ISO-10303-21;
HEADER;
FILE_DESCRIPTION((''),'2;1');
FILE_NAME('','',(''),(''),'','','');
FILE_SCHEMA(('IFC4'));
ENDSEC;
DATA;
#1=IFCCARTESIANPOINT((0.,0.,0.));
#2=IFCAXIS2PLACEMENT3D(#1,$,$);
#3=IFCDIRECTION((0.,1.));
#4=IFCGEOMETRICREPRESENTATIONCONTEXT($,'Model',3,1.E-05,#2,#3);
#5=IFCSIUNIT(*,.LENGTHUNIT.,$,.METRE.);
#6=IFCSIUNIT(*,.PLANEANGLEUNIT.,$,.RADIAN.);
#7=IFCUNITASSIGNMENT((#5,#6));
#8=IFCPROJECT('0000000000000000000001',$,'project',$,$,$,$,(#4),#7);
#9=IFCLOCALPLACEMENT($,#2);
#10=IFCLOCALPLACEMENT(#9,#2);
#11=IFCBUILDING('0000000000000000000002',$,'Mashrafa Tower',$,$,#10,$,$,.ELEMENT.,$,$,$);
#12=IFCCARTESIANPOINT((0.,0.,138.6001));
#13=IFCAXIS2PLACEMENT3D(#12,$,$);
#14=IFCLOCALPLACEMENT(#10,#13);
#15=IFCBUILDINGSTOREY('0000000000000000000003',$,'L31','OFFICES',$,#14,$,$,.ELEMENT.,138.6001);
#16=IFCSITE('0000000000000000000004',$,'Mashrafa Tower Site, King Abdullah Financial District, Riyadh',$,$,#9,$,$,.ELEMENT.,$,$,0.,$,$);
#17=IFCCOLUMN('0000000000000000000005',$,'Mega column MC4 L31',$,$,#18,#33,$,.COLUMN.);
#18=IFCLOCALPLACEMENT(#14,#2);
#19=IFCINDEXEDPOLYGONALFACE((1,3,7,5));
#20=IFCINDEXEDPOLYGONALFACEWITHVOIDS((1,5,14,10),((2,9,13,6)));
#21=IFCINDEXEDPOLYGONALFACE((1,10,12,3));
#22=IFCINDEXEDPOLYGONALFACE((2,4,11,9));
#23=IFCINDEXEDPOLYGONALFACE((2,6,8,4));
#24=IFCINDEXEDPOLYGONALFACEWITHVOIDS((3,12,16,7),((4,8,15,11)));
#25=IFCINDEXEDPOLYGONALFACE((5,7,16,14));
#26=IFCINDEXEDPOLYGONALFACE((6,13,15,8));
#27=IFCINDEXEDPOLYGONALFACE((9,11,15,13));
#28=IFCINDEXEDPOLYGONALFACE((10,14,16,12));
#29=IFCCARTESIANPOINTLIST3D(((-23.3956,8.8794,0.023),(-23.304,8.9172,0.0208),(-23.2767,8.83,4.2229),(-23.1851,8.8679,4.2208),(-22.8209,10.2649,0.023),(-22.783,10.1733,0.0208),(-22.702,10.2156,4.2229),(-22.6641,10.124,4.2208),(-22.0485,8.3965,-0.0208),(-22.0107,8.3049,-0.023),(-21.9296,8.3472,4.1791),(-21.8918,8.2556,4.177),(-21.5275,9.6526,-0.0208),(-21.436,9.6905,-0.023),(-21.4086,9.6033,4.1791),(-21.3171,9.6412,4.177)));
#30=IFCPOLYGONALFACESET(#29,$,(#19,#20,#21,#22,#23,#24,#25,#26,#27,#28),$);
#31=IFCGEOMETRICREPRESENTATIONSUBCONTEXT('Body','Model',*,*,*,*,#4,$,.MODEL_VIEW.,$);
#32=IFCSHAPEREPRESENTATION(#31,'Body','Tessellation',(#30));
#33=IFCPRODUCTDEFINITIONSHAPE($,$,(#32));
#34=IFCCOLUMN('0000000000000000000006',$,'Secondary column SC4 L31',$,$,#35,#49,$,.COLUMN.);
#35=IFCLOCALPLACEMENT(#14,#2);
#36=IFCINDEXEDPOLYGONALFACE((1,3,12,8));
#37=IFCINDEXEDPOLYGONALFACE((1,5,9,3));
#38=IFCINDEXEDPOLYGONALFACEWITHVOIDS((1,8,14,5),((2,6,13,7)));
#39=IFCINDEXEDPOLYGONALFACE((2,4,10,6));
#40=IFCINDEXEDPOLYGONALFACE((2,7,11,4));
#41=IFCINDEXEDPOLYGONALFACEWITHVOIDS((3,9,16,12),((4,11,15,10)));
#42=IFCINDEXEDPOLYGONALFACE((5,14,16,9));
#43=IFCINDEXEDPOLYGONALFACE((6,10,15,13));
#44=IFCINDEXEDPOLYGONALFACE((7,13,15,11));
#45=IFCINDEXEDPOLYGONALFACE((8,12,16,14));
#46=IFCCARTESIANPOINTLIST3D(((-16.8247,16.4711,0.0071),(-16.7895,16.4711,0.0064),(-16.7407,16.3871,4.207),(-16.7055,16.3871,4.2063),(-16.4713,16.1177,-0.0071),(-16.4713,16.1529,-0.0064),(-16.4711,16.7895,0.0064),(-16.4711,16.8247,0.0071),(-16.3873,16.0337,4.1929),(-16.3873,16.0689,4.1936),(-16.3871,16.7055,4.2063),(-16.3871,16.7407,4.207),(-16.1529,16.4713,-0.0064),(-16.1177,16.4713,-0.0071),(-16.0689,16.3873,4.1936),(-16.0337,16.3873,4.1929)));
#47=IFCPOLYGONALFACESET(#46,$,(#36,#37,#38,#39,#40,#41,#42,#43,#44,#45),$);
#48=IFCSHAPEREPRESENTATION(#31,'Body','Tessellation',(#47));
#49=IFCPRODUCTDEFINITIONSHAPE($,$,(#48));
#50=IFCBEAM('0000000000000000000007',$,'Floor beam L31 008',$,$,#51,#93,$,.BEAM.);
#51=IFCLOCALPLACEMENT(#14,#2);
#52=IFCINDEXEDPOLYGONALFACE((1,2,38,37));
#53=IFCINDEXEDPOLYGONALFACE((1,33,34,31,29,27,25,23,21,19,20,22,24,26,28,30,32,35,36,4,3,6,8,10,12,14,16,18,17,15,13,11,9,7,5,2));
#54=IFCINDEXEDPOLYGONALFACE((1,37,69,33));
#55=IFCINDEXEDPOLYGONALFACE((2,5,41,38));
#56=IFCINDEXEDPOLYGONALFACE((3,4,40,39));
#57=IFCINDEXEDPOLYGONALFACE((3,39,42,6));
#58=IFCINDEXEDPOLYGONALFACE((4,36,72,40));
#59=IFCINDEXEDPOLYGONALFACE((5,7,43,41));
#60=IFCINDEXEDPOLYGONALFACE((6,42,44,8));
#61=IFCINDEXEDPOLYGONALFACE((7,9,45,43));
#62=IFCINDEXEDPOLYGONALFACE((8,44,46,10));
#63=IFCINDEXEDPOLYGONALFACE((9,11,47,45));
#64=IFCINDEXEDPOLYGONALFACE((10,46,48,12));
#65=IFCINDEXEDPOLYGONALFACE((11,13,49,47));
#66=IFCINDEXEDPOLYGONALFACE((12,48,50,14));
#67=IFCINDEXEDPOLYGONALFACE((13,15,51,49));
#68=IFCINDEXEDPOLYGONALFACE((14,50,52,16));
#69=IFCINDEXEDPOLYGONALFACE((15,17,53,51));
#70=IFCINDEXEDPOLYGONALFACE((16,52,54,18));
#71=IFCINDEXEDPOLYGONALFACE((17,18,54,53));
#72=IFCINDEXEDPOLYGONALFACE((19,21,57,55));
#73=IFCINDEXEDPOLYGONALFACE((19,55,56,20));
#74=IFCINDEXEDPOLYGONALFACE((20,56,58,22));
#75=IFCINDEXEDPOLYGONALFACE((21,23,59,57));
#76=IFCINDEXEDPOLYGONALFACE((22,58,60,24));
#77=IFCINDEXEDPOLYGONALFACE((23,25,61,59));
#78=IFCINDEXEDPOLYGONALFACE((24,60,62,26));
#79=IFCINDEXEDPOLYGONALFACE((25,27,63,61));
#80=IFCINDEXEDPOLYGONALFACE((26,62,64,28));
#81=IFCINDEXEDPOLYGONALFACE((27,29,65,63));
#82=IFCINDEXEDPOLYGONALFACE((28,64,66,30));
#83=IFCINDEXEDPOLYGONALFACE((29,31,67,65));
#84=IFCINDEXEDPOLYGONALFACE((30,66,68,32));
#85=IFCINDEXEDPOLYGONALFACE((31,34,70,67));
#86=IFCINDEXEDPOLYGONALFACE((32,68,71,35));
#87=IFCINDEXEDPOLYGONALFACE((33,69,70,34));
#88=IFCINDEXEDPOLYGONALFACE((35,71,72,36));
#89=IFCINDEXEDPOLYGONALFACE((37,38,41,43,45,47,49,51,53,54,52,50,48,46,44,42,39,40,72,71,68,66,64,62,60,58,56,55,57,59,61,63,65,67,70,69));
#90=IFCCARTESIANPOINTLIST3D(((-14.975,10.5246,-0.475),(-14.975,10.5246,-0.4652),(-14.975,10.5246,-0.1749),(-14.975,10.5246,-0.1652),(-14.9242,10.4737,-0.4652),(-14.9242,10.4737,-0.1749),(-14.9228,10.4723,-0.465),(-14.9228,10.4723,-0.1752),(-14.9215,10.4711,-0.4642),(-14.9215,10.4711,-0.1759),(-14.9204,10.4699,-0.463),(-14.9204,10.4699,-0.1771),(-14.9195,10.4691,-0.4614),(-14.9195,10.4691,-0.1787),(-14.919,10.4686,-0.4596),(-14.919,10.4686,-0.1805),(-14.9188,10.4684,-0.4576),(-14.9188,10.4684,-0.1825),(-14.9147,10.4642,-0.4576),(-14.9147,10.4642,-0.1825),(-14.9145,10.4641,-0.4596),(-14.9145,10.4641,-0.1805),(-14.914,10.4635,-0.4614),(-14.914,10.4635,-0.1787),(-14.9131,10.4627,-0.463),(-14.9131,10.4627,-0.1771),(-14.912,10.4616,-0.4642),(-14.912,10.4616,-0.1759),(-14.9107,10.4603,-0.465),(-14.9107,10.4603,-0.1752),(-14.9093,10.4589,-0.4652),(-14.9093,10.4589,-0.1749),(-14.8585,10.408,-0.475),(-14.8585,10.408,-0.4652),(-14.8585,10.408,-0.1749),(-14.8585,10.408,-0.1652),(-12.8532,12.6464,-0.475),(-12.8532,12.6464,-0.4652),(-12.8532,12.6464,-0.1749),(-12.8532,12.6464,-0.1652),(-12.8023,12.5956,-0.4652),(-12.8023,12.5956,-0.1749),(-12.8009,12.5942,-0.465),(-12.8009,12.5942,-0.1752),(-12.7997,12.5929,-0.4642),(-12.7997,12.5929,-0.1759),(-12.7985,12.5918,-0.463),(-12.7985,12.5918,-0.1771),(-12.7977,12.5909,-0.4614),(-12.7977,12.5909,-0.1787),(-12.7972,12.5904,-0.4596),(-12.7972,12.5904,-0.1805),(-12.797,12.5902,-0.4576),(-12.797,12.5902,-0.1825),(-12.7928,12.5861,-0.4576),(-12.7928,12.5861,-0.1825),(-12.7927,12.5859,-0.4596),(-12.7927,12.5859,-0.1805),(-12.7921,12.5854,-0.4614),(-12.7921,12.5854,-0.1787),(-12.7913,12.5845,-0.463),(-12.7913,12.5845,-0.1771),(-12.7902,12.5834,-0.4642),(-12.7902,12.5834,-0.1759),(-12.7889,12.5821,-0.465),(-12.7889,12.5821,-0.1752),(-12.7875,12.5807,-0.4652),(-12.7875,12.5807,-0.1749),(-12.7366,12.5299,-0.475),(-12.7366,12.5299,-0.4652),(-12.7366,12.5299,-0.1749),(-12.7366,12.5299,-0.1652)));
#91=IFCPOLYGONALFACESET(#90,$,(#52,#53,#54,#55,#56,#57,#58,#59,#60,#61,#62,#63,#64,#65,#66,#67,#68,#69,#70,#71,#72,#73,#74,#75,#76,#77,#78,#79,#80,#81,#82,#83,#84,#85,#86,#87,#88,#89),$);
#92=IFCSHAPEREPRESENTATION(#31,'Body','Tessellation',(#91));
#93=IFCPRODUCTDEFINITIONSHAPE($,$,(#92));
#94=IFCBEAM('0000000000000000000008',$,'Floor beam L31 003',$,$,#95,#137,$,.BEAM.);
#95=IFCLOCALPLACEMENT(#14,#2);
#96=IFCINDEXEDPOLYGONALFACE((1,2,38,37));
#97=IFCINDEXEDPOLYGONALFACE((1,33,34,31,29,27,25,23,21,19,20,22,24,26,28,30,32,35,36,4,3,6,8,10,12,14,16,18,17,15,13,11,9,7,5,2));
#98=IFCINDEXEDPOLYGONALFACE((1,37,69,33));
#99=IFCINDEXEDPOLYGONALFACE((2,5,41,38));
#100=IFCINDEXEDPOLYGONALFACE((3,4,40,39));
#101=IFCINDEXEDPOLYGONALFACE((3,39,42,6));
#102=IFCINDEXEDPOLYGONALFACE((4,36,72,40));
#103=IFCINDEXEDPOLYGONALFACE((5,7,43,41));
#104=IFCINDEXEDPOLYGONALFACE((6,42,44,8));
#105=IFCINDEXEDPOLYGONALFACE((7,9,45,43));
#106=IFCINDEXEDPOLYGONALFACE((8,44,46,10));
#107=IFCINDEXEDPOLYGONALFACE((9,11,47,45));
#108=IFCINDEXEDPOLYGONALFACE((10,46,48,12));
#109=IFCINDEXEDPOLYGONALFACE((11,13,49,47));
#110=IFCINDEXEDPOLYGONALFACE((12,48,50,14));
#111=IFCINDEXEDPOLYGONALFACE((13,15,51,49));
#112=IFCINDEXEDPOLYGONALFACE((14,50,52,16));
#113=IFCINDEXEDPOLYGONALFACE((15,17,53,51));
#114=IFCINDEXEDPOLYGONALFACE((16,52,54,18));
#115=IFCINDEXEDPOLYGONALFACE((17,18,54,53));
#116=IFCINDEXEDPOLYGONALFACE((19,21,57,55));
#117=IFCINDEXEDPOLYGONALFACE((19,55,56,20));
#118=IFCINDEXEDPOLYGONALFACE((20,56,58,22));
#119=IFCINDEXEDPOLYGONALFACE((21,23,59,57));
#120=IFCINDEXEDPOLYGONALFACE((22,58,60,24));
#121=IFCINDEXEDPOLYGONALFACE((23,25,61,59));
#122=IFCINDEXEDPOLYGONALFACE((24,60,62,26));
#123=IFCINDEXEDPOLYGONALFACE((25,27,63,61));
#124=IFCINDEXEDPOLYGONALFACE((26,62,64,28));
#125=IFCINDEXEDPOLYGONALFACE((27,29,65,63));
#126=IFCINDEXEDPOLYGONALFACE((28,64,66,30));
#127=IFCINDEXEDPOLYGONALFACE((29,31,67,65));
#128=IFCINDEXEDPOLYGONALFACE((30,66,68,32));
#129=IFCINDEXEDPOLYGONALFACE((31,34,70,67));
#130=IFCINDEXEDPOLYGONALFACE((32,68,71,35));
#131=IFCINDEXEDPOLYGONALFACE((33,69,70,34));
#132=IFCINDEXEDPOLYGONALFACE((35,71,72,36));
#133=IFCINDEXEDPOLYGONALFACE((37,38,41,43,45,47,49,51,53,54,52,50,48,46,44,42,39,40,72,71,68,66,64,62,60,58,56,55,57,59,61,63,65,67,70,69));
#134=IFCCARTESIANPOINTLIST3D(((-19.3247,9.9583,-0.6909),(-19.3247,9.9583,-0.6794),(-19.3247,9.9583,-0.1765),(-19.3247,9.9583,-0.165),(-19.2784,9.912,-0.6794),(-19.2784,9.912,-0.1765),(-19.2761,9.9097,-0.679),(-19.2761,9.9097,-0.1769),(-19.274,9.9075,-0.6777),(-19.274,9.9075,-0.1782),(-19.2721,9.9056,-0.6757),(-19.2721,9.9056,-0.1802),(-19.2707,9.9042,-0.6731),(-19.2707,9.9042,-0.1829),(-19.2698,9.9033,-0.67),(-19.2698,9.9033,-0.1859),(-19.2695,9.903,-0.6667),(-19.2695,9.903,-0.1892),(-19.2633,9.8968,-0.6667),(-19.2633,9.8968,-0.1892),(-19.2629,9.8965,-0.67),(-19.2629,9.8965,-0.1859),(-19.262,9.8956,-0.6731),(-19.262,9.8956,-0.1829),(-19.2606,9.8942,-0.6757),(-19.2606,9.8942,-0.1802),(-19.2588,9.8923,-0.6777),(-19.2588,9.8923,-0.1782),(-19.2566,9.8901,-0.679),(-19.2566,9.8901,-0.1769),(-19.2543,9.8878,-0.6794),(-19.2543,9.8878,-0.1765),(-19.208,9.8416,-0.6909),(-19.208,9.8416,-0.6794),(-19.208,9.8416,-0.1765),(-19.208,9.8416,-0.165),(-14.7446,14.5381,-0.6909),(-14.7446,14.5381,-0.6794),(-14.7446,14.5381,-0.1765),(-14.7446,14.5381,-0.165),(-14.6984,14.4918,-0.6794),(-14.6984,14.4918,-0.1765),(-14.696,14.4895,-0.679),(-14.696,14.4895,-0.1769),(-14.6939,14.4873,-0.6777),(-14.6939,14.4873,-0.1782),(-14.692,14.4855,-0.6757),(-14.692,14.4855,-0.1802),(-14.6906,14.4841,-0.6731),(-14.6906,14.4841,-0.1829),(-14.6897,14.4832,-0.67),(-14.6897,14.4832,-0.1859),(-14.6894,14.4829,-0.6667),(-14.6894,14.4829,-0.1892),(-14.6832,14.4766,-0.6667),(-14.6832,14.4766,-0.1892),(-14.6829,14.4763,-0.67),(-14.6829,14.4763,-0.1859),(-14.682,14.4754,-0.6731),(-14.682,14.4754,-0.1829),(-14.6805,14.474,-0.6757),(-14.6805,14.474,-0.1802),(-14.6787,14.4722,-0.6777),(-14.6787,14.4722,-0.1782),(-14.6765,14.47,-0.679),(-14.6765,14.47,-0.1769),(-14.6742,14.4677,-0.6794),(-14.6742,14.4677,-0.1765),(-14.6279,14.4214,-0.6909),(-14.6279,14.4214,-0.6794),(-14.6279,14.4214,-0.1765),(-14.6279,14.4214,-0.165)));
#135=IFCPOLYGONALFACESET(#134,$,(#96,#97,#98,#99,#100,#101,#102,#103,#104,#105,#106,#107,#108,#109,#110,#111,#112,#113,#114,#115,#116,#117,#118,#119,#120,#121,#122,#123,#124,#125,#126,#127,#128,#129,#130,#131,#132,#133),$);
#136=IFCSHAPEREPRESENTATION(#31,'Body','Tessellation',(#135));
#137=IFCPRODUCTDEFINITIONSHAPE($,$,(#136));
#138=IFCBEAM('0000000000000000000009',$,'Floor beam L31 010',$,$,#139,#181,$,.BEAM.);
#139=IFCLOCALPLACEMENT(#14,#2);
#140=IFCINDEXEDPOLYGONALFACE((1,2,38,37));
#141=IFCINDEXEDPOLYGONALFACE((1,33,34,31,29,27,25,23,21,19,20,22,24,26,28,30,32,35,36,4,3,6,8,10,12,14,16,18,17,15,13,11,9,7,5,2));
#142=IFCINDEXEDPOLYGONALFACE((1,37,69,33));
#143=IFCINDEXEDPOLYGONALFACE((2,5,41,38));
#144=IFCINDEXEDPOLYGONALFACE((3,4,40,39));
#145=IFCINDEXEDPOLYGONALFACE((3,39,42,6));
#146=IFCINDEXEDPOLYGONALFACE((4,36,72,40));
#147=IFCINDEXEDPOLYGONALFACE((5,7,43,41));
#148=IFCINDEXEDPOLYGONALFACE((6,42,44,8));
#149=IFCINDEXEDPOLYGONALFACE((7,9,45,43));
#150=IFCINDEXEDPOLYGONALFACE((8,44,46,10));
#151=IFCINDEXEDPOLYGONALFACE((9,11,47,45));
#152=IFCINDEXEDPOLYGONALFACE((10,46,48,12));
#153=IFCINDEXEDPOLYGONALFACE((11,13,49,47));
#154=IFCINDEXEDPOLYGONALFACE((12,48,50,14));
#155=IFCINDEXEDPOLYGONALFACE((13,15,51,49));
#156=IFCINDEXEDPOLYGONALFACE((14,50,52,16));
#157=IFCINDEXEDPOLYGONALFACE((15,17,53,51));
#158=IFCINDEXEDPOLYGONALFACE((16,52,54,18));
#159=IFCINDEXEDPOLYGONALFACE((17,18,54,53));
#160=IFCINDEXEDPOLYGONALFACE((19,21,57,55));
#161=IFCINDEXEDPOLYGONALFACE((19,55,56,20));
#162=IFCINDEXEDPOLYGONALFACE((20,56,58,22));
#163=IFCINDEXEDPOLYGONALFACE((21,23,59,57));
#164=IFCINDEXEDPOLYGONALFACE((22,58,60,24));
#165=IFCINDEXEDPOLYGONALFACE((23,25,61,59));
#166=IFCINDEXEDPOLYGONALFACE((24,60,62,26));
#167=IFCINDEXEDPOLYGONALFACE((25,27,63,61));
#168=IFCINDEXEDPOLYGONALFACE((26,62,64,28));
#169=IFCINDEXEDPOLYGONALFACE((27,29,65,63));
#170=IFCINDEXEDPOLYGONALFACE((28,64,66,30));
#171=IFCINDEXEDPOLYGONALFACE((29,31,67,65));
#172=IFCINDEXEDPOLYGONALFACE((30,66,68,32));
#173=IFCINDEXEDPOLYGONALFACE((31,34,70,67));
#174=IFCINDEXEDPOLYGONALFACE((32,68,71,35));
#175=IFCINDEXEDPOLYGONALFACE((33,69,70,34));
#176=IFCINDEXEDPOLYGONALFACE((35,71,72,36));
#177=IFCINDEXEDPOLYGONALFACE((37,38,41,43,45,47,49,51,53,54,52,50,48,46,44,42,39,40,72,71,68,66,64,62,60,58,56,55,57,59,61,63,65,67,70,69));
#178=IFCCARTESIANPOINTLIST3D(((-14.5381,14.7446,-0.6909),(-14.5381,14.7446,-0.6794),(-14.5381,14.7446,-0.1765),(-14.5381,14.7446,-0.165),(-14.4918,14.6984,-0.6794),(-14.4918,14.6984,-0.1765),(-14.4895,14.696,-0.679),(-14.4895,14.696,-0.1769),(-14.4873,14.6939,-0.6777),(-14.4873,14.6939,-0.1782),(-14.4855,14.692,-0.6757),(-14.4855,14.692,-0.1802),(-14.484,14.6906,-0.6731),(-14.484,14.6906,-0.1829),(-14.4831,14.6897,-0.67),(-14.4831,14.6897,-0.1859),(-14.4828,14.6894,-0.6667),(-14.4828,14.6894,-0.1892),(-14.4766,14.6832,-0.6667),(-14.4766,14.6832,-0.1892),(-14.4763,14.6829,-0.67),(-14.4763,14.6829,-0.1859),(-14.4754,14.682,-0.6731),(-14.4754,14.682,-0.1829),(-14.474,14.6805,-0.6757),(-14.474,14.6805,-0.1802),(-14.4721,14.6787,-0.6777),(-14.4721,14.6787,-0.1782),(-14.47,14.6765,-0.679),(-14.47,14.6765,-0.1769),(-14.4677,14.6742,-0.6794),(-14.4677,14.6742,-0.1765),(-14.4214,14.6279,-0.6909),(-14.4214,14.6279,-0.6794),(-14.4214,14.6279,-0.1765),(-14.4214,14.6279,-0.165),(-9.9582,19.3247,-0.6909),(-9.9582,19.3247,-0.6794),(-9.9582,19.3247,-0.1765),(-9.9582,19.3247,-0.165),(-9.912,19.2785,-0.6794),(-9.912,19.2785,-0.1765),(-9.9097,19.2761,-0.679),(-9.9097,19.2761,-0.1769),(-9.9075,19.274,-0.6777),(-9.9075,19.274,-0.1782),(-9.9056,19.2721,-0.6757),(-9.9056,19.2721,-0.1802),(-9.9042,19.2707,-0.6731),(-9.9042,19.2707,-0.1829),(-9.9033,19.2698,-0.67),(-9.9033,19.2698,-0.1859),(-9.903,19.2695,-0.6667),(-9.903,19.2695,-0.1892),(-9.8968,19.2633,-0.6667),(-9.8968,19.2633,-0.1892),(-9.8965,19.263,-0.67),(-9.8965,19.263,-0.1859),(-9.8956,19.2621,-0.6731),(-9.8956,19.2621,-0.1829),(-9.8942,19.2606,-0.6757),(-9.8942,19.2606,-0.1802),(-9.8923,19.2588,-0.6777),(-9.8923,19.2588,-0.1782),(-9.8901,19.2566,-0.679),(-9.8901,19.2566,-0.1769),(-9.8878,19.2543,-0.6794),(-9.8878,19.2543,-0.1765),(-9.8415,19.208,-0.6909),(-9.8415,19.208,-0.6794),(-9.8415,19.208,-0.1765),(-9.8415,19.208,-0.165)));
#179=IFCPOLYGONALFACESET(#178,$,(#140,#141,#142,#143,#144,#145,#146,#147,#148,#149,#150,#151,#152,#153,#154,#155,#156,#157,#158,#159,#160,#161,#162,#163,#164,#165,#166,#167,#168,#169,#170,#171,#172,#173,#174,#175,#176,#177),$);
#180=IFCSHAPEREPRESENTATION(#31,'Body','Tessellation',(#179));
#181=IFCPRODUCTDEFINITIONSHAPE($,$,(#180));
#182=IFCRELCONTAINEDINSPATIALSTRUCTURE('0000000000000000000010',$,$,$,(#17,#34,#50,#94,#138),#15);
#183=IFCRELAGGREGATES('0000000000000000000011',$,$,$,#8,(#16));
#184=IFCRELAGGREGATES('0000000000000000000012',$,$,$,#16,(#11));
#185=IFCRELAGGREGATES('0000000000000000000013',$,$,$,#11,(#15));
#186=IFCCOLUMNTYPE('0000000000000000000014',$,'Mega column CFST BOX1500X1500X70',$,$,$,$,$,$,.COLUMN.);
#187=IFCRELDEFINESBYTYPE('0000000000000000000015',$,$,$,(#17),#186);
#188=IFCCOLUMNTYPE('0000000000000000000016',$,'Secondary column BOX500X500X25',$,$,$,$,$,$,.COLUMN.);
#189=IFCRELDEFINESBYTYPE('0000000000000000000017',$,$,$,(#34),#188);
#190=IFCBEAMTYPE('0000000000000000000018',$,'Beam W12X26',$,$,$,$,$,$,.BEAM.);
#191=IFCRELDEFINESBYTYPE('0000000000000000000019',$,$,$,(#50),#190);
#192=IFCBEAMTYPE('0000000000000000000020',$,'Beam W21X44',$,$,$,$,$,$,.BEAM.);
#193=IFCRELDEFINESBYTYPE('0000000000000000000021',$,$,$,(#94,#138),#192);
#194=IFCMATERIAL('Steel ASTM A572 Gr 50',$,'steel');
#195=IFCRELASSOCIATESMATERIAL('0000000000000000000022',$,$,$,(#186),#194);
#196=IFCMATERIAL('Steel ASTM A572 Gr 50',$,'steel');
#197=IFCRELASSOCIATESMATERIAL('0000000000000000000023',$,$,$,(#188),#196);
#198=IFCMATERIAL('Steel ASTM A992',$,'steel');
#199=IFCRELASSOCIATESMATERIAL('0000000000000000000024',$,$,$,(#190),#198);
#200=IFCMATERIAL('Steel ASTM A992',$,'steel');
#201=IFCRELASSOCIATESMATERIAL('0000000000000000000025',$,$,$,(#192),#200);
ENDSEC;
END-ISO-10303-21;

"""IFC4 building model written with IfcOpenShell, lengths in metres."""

from ifc_helpers import new_model, si_unit, direction, frame, origin, origin_2d, place, context, subcontext, project, spatial, hollow_rectangle, i_section, extrude, material, material_profile, profile_set, type_object, element, save


model = new_model("IFC4")

# Units and contexts
model_context = context("Model", 3, precision=1e-05, world=origin(), true_north=direction((0.0, 1.0)))
body_context = subcontext(model_context, "Body", "Model", "MODEL_VIEW")
ifc_project = project(units=[si_unit("LENGTHUNIT", "METRE"), si_unit("PLANEANGLEUNIT", "RADIAN")], contexts=[model_context])

# Site, building, storey
site_placement = place(None, origin())
site = spatial("IfcSite", under=ifc_project, at=site_placement, Name="Mashrafa Tower Site, King Abdullah Financial District, Riyadh", CompositionType="ELEMENT", RefElevation=0.0)
building_placement = place(site_placement, origin())
building = spatial("IfcBuilding", under=site, at=building_placement, Name="Mashrafa Tower", CompositionType="ELEMENT")
storey_placement = place(building_placement, frame((0.0, 0.0, 138.6001)))
storey = spatial("IfcBuildingStorey", under=building, at=storey_placement, Name="L31", Description="OFFICES", CompositionType="ELEMENT", Elevation=138.6001)

# Columns
ifc_material_1 = material(Name="Steel ASTM A572 Gr 50", Category="steel")
ifc_material_profile_1 = material_profile(ifc_material_1, hollow_rectangle(XDim=1.5, YDim=1.5, WallThickness=0.0701, at=origin_2d()), Name="BOX1500X1500X70")
ifc_profile_set_1 = profile_set([ifc_material_profile_1], Name="Steel ASTM A572 Gr 50")
column_type_1 = type_object("IfcColumnType", Name="Mega column CFST BOX1500X1500X70", PredefinedType="COLUMN", material=ifc_profile_set_1)
column_1_placement = place(storey_placement, frame((-22.4158, 9.2849, 0.0), z_axis=(0.028296, -0.011737, 0.999531), x_axis=(0.383133, 0.923693, 0.0)))
element("IfcColumn", 1, at=column_1_placement, inside=storey, type_object=column_type_1, Name="Mega column MC4 L31", PredefinedType="COLUMN", context=body_context, shape_type="SweptSolid", body=[
    extrude(hollow_rectangle(XDim=1.5, YDim=1.5, WallThickness=0.0701, at=origin_2d()), origin(), (0.0, 0.0, 1.0), 4.2019),
])
ifc_material_2 = material(Name="Steel ASTM A572 Gr 50", Category="steel")
ifc_material_profile_2 = material_profile(ifc_material_2, hollow_rectangle(XDim=0.5, YDim=0.5, WallThickness=0.0249, at=origin_2d()), Name="BOX500X500X25")
ifc_profile_set_2 = profile_set([ifc_material_profile_2], Name="Steel ASTM A572 Gr 50")
column_type_2 = type_object("IfcColumnType", Name="Secondary column BOX500X500X25", PredefinedType="COLUMN", material=ifc_profile_set_2)
column_2_placement = place(storey_placement, frame((-16.4712, 16.4712, 0.0), z_axis=(0.019989, -0.019989, 0.9996), x_axis=(0.707107, 0.707107, 0.0)))
element("IfcColumn", 2, at=column_2_placement, inside=storey, type_object=column_type_2, Name="Secondary column SC4 L31", PredefinedType="COLUMN", context=body_context, shape_type="SweptSolid", body=[
    extrude(hollow_rectangle(XDim=0.5, YDim=0.5, WallThickness=0.0249, at=origin_2d()), origin(), (0.0, 0.0, 1.0), 4.2017),
])

# Beams
ifc_material_3 = material(Name="Steel ASTM A992", Category="steel")
ifc_material_profile_3 = material_profile(ifc_material_3, i_section(OverallWidth=0.1648, OverallDepth=0.3098, WebThickness=0.0059, FlangeThickness=0.0098, FilletRadius=0.0076, at=origin_2d()), Name="W12X26")
ifc_profile_set_3 = profile_set([ifc_material_profile_3], Name="Steel ASTM A992")
beam_type_1 = type_object("IfcBeamType", Name="Beam W12X26", PredefinedType="BEAM", material=ifc_profile_set_3)
beam_placement = place(storey_placement, frame((-14.9167, 10.4663, -0.3201), z_axis=(0.707107, 0.707107, 0.0), x_axis=(-0.707107, 0.707107, 0.0)))
element("IfcBeam", 3, at=beam_placement, inside=storey, type_object=beam_type_1, Name="Floor beam L31 008", PredefinedType="BEAM", context=body_context, shape_type="SweptSolid", body=[
    extrude(i_section(OverallWidth=0.1648, OverallDepth=0.3098, WebThickness=0.0059, FlangeThickness=0.0098, FilletRadius=0.0076, at=origin_2d()), origin(), (0.0, 0.0, 1.0), 3.0007),
])
ifc_material_4 = material(Name="Steel ASTM A992", Category="steel")
ifc_material_profile_4 = material_profile(ifc_material_4, i_section(OverallWidth=0.165, OverallDepth=0.5259, WebThickness=0.0088, FlangeThickness=0.0115, FilletRadius=0.0127, at=origin_2d()), Name="W21X44")
ifc_profile_set_4 = profile_set([ifc_material_profile_4], Name="Steel ASTM A992")
beam_type_2 = type_object("IfcBeamType", Name="Beam W21X44", PredefinedType="BEAM", material=ifc_profile_set_4)
for number, where, z_axis, x_axis, name in (
    (4, (-19.2664, 9.8999, -0.428), (0.707126, 0.707088, 0.0), (-0.707088, 0.707126, 0.0), "Floor beam L31 003"),
    (5, (-14.4797, 14.6863, -0.428), (0.707088, 0.707126, 0.0), (-0.707126, 0.707088, 0.0), "Floor beam L31 010"),
):
    element("IfcBeam", number, at=place(storey_placement, frame(where, z_axis=z_axis, x_axis=x_axis)), inside=storey, type_object=beam_type_2, Name=name, PredefinedType="BEAM", context=body_context, shape_type="SweptSolid", body=[
        extrude(i_section(OverallWidth=0.165, OverallDepth=0.5259, WebThickness=0.0088, FlangeThickness=0.0115, FilletRadius=0.0127, at=origin_2d()), origin(), (0.0, 0.0, 1.0), 6.4771),
    ])

save(model, "model.ifc")
